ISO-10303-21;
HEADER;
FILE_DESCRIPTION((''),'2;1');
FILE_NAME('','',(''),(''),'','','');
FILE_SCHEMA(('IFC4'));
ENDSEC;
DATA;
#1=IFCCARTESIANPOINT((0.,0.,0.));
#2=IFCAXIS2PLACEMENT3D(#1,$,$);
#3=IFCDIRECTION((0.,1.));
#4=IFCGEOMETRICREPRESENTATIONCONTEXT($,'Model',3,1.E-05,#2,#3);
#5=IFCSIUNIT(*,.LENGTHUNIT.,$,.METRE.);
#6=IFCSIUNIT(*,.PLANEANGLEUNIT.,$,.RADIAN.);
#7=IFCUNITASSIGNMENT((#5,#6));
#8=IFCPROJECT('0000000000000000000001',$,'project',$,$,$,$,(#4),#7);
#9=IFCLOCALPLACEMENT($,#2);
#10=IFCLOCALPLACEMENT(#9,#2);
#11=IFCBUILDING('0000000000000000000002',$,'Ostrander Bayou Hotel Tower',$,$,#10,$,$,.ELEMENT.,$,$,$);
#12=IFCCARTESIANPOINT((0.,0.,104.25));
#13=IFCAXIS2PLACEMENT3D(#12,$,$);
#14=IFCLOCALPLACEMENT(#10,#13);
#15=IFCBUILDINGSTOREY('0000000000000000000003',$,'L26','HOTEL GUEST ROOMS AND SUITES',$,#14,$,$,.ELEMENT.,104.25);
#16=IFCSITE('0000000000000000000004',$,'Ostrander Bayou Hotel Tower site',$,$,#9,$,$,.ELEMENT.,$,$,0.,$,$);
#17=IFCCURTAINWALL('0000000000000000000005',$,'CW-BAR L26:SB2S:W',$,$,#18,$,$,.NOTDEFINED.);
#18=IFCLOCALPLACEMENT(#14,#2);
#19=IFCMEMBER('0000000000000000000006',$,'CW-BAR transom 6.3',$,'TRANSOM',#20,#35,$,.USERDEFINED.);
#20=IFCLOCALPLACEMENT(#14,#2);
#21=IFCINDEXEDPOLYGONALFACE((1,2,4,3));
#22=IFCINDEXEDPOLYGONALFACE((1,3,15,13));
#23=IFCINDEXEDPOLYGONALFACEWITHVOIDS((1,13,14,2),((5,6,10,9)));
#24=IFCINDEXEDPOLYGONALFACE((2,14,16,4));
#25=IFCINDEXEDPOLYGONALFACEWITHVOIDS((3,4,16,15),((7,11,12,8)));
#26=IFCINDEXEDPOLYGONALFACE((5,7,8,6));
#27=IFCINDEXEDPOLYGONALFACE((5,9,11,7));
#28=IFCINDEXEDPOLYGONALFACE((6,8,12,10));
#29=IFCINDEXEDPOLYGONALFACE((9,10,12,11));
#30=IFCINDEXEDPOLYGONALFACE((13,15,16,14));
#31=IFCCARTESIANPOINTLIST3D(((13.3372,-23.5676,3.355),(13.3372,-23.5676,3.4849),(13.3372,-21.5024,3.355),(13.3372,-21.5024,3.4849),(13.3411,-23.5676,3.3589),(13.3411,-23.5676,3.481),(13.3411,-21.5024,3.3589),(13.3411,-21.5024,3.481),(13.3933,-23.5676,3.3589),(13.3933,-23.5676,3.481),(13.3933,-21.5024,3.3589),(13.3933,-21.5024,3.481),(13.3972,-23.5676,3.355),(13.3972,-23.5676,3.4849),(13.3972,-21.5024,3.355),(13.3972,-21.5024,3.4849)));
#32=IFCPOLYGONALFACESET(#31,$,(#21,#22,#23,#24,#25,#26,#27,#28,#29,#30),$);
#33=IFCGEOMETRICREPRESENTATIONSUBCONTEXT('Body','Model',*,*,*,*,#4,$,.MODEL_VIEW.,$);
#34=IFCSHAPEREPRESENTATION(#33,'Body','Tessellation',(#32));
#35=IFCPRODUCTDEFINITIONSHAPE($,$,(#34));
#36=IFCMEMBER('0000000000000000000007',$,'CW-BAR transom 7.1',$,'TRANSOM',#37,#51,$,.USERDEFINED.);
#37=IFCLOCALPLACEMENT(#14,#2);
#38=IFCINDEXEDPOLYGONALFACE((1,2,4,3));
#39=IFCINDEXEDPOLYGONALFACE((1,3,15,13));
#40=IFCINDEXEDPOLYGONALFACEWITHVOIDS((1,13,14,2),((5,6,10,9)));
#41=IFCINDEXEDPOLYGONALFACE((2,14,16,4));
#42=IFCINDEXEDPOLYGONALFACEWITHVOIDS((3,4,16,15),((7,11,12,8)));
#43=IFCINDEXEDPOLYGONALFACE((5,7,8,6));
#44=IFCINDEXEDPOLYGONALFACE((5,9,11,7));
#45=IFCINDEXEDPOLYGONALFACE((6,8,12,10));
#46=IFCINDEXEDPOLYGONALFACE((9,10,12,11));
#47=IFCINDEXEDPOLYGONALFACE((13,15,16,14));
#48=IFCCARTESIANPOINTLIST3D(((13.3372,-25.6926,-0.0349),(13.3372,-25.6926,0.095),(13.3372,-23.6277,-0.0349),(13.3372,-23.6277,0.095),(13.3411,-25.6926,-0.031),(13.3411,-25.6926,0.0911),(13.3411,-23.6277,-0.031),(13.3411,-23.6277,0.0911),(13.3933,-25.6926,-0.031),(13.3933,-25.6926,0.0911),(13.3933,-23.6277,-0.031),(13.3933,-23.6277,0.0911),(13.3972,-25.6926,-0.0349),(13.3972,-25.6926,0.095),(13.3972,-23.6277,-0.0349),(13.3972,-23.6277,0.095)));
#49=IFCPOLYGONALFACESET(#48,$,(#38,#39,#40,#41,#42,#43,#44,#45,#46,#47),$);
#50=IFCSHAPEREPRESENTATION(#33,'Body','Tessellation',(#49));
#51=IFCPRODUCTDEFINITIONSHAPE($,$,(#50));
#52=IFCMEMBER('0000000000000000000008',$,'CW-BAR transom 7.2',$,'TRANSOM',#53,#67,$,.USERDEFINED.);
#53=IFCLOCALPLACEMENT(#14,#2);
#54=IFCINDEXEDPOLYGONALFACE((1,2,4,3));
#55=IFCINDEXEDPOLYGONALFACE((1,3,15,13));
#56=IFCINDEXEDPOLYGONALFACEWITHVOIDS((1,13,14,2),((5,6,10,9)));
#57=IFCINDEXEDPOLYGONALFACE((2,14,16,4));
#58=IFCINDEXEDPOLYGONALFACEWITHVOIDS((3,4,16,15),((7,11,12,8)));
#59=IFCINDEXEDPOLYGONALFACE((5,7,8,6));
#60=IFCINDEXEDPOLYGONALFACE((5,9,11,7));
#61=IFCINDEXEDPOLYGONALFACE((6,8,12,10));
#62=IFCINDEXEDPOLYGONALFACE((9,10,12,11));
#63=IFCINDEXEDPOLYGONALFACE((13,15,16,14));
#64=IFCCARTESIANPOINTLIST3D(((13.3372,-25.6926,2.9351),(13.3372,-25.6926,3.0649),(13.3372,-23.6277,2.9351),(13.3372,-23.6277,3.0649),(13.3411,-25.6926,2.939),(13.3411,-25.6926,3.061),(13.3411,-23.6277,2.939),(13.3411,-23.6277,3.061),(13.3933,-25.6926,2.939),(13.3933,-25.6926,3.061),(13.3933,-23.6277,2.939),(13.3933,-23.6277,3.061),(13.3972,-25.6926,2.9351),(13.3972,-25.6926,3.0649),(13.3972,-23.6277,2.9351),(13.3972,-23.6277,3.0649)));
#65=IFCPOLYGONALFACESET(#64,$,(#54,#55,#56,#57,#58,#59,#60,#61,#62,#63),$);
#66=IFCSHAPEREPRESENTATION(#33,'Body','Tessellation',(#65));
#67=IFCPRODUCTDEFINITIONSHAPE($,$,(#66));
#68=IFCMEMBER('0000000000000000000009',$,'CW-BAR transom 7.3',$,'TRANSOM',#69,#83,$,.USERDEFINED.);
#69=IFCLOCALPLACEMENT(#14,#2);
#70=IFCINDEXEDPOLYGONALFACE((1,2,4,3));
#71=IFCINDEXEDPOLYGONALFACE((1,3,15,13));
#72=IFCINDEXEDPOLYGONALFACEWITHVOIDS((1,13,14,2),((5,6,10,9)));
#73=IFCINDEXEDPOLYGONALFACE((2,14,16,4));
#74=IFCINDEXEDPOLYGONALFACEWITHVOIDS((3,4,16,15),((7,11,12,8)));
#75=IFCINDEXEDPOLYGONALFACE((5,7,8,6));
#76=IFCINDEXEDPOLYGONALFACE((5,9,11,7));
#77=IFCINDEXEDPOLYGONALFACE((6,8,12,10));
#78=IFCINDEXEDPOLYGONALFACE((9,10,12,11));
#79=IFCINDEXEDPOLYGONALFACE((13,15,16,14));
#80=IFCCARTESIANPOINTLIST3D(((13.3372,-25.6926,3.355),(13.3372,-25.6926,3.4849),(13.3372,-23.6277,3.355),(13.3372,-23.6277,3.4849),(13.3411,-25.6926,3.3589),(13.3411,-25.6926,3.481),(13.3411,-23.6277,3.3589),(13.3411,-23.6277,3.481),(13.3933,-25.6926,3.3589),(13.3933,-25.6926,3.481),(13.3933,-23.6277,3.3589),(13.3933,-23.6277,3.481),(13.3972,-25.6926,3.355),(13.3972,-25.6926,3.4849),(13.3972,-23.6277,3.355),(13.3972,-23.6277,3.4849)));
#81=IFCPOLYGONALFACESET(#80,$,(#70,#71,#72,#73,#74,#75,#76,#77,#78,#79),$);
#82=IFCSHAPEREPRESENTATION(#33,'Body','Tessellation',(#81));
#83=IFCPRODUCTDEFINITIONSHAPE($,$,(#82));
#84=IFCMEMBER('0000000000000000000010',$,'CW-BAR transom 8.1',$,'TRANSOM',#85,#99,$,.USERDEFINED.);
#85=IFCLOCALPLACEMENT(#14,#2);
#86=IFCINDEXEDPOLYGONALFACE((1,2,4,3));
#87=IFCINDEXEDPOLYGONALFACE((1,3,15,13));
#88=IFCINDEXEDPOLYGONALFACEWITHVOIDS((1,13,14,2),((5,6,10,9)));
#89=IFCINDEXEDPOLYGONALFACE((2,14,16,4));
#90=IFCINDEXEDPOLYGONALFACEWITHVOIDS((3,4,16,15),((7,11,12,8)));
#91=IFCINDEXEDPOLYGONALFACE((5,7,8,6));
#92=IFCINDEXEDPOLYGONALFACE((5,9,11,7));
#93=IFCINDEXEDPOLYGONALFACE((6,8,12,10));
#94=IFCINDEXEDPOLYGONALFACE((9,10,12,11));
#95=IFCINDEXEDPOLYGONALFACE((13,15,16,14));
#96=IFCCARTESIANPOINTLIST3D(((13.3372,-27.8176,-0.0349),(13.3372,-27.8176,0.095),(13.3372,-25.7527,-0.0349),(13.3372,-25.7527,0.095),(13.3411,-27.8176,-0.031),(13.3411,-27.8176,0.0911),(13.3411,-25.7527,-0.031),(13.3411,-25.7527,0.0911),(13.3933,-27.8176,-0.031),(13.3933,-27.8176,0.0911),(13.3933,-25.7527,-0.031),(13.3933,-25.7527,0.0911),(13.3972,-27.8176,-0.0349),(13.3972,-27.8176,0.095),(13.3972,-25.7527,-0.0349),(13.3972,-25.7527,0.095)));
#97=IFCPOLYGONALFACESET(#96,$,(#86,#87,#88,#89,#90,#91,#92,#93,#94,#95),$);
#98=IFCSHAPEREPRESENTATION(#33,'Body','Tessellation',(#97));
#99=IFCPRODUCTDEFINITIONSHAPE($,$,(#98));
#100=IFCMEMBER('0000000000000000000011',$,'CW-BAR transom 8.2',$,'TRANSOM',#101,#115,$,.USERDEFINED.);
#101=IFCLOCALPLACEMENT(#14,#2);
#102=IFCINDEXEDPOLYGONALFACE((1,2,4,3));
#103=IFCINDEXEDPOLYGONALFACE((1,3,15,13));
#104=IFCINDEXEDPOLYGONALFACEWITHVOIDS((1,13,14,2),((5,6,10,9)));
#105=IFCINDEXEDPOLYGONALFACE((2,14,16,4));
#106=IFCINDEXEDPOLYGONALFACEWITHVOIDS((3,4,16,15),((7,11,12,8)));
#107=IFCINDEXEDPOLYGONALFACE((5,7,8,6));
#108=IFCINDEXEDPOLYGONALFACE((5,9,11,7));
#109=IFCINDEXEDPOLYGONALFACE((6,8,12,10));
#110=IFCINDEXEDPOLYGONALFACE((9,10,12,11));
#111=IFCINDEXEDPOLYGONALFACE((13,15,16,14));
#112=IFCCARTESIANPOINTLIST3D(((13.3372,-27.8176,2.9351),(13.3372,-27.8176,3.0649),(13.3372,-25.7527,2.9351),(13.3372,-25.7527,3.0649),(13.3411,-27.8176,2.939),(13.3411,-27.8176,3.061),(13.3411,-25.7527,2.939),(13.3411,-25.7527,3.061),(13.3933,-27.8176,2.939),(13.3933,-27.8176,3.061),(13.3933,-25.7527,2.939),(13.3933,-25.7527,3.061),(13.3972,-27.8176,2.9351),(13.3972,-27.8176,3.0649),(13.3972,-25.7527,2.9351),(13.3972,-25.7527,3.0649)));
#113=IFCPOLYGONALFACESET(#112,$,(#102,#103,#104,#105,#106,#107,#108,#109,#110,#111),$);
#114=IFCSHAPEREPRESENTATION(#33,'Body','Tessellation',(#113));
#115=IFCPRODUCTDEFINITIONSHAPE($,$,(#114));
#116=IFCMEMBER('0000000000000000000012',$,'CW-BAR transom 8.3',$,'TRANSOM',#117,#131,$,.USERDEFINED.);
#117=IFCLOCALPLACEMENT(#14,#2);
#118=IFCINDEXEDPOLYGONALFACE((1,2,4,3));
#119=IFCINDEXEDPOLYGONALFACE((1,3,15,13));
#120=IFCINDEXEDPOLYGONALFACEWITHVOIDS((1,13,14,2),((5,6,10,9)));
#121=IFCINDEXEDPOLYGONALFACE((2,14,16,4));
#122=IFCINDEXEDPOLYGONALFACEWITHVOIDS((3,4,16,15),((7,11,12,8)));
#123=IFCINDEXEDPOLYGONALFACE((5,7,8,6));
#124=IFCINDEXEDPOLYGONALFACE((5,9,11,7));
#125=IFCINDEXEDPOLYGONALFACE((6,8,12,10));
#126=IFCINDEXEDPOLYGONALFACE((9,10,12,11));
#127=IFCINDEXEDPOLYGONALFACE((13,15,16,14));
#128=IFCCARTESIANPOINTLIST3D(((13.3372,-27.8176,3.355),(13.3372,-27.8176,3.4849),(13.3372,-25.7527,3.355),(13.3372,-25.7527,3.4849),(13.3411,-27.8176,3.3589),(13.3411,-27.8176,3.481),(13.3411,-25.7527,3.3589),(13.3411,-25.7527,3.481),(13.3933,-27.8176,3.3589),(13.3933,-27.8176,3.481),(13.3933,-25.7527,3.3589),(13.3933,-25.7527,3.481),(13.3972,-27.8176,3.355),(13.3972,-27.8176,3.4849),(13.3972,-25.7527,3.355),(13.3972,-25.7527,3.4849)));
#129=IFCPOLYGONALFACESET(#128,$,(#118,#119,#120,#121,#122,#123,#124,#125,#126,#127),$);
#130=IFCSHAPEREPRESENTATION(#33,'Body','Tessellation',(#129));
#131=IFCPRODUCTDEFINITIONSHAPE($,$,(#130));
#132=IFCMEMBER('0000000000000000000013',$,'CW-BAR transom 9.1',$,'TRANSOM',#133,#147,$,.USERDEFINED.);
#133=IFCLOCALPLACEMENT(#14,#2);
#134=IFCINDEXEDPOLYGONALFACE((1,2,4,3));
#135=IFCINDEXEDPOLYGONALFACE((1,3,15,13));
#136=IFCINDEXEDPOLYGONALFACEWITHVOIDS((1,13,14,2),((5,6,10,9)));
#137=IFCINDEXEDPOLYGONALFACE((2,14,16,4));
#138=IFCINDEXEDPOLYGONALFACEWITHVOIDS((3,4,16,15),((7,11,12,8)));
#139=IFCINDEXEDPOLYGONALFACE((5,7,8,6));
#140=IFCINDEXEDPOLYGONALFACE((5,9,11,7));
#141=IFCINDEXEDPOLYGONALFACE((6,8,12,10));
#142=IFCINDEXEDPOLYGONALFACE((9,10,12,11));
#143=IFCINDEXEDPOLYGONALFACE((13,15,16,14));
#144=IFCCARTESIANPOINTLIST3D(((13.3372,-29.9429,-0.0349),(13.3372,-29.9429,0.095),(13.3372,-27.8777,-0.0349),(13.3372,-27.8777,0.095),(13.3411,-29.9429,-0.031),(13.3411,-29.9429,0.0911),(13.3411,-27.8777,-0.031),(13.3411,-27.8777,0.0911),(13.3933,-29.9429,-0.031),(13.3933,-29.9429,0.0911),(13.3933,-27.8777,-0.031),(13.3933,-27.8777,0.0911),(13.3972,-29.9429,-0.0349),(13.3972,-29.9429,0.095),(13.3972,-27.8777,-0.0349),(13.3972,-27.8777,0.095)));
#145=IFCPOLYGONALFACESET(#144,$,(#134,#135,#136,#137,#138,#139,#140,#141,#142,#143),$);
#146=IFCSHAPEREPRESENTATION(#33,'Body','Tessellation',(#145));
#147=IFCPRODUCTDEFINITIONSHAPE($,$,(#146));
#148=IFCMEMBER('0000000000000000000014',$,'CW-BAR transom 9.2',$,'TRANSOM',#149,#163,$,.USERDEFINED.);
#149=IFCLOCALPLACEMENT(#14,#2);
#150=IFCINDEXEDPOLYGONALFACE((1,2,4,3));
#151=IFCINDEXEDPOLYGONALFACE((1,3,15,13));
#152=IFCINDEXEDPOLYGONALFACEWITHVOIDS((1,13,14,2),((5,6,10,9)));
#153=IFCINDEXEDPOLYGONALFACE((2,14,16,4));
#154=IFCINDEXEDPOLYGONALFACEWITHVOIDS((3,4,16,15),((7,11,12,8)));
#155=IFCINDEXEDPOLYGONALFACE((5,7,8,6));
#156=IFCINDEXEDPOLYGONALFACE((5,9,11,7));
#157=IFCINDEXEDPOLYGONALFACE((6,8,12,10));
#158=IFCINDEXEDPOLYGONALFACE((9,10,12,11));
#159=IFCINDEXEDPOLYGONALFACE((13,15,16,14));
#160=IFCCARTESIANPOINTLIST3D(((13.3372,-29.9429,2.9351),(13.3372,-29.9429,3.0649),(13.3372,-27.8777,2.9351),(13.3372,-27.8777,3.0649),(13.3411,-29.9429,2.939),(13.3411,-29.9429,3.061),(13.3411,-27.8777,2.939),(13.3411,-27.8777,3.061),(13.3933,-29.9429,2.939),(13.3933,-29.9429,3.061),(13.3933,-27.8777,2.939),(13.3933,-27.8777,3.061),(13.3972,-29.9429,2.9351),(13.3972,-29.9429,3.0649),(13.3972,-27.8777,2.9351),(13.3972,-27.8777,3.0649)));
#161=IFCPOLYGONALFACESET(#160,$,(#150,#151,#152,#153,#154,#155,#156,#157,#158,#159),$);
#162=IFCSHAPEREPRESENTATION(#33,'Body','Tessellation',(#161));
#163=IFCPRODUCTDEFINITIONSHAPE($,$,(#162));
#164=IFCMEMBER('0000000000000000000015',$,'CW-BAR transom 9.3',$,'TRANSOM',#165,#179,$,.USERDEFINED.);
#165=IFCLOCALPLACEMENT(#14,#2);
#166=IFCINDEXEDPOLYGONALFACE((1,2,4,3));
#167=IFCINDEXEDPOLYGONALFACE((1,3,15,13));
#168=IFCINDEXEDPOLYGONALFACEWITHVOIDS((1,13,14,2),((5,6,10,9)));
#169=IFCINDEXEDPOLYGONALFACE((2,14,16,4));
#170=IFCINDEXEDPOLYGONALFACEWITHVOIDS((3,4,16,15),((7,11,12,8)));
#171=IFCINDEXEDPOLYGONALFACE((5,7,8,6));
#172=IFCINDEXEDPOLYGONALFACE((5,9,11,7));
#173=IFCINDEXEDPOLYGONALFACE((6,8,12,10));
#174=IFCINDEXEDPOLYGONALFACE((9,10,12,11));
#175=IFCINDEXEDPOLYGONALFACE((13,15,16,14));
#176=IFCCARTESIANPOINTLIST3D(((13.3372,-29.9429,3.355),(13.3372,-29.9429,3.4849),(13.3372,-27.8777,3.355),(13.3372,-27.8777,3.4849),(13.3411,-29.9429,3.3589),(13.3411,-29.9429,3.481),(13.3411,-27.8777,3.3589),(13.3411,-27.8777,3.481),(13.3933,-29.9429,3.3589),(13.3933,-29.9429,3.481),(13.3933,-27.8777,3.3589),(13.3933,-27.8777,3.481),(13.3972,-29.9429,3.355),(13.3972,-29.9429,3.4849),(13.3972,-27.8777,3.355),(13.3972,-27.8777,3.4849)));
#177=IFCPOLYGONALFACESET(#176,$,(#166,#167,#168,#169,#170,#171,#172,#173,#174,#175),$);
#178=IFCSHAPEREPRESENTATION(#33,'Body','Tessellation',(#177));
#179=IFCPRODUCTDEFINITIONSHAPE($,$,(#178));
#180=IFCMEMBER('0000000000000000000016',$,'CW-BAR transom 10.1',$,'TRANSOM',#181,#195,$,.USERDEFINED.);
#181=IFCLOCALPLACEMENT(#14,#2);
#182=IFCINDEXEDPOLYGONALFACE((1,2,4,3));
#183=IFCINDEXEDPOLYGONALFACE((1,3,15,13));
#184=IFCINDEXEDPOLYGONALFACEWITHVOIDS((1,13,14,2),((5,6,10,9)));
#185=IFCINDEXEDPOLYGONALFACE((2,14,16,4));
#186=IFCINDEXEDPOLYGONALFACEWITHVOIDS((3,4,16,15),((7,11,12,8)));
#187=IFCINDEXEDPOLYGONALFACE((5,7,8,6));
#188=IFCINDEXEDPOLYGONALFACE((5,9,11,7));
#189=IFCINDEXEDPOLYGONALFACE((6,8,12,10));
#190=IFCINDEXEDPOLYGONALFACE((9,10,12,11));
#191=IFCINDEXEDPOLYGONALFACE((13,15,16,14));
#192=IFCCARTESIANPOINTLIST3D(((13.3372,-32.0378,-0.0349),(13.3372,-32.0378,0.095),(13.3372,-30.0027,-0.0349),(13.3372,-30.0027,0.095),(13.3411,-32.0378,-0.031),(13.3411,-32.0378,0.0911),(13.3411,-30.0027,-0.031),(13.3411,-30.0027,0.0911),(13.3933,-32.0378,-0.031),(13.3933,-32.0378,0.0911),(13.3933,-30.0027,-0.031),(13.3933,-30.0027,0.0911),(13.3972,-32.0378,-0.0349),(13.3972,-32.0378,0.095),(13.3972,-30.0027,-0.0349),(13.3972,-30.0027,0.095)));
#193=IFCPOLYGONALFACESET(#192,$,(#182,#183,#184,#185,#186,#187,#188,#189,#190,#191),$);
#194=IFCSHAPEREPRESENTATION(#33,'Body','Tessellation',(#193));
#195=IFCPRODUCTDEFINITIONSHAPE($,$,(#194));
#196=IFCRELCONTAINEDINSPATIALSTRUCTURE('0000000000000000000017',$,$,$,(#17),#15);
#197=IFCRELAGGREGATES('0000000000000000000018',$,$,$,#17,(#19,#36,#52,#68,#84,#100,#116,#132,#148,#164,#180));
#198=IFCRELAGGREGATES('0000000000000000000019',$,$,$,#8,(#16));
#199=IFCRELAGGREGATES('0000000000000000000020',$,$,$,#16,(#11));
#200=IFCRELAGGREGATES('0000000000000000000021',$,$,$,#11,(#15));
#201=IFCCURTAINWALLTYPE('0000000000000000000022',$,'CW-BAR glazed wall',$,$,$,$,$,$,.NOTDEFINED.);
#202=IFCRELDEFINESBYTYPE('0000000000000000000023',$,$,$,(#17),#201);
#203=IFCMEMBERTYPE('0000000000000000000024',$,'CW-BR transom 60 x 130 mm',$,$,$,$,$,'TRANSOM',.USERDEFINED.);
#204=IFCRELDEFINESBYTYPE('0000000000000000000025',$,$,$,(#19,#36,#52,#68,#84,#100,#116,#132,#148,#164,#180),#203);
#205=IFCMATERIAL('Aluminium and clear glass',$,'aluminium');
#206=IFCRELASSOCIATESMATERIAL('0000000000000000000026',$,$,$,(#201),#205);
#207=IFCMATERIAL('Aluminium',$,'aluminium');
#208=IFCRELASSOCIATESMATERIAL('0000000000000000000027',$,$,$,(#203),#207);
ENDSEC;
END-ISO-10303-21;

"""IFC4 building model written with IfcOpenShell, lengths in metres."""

from ifc_helpers import new_model, si_unit, direction, frame, origin, origin_2d, place, context, subcontext, project, spatial, hollow_rectangle, extrude, material, material_profile, profile_set, type_object, element, aggregate, save


model = new_model("IFC4")

# Units and contexts
model_context = context("Model", 3, precision=1e-05, world=origin(), true_north=direction((0.0, 1.0)))
body_context = subcontext(model_context, "Body", "Model", "MODEL_VIEW")
ifc_project = project(units=[si_unit("LENGTHUNIT", "METRE"), si_unit("PLANEANGLEUNIT", "RADIAN")], contexts=[model_context])

# Site, building, storey
site_placement = place(None, origin())
site = spatial("IfcSite", under=ifc_project, at=site_placement, Name="Ostrander Bayou Hotel Tower site", CompositionType="ELEMENT", RefElevation=0.0)
building_placement = place(site_placement, origin())
building = spatial("IfcBuilding", under=site, at=building_placement, Name="Ostrander Bayou Hotel Tower", CompositionType="ELEMENT")
storey_placement = place(building_placement, frame((0.0, 0.0, 104.25)))
storey = spatial("IfcBuildingStorey", under=building, at=storey_placement, Name="L26", Description="HOTEL GUEST ROOMS AND SUITES", CompositionType="ELEMENT", Elevation=104.25)

# Shared definitions
ifc_material_1 = material(Name="Aluminium and clear glass", Category="aluminium")
curtain_wall_type = type_object("IfcCurtainWallType", Name="CW-BAR glazed wall", PredefinedType="NOTDEFINED", material=ifc_material_1)

# Curtain wall
curtain_wall_1_placement = place(storey_placement, origin())
curtain_wall_1 = element("IfcCurtainWall", 1, at=curtain_wall_1_placement, inside=storey, type_object=curtain_wall_type, Name="CW-BAR L26:SB2S:W", PredefinedType="NOTDEFINED")

# Members
ifc_material_2 = material(Name="Aluminium", Category="aluminium")
ifc_material_profile_1 = material_profile(ifc_material_2, hollow_rectangle(XDim=0.0601, YDim=0.1299, WallThickness=0.0039, at=origin_2d()))
ifc_profile_set_1 = profile_set([ifc_material_profile_1], Name="Aluminium")
member_type_1 = type_object("IfcMemberType", Name="CW-BR transom 60 x 130 mm", ElementType="TRANSOM", PredefinedType="USERDEFINED", material=ifc_profile_set_1)
member_1_placement = place(storey_placement, frame((13.3672, -21.5024, 3.4199), z_axis=(0.0, -1.0, 0.0), x_axis=(1.0, 0.0, 0.0)))
member_1 = element("IfcMember", 2, at=member_1_placement, type_object=member_type_1, Name="CW-BAR transom 6.3", ObjectType="TRANSOM", PredefinedType="USERDEFINED", context=body_context, shape_type="SweptSolid", body=[
    extrude(hollow_rectangle(XDim=0.0601, YDim=0.1299, WallThickness=0.0039, at=origin_2d()), origin(), (0.0, 0.0, 1.0), 2.0652),
])
member_2_placement = place(storey_placement, frame((13.3672, -23.6277, 0.03), z_axis=(0.0, -1.0, 0.0), x_axis=(1.0, 0.0, 0.0)))
member_2 = element("IfcMember", 3, at=member_2_placement, type_object=member_type_1, Name="CW-BAR transom 7.1", ObjectType="TRANSOM", PredefinedType="USERDEFINED", context=body_context, shape_type="SweptSolid", body=[
    extrude(hollow_rectangle(XDim=0.0601, YDim=0.1299, WallThickness=0.0039, at=origin_2d()), origin(), (0.0, 0.0, 1.0), 2.0649),
])
member_3_placement = place(storey_placement, frame((13.3672, -23.6277, 3.0), z_axis=(0.0, -1.0, 0.0), x_axis=(1.0, 0.0, 0.0)))
member_3 = element("IfcMember", 4, at=member_3_placement, type_object=member_type_1, Name="CW-BAR transom 7.2", ObjectType="TRANSOM", PredefinedType="USERDEFINED", context=body_context, shape_type="SweptSolid", body=[
    extrude(hollow_rectangle(XDim=0.0601, YDim=0.1299, WallThickness=0.0039, at=origin_2d()), origin(), (0.0, 0.0, 1.0), 2.0649),
])
member_4_placement = place(storey_placement, frame((13.3672, -23.6277, 3.4199), z_axis=(0.0, -1.0, 0.0), x_axis=(1.0, 0.0, 0.0)))
member_4 = element("IfcMember", 5, at=member_4_placement, type_object=member_type_1, Name="CW-BAR transom 7.3", ObjectType="TRANSOM", PredefinedType="USERDEFINED", context=body_context, shape_type="SweptSolid", body=[
    extrude(hollow_rectangle(XDim=0.0601, YDim=0.1299, WallThickness=0.0039, at=origin_2d()), origin(), (0.0, 0.0, 1.0), 2.0649),
])
member_5_placement = place(storey_placement, frame((13.3672, -25.7527, 0.03), z_axis=(0.0, -1.0, 0.0), x_axis=(1.0, 0.0, 0.0)))
member_5 = element("IfcMember", 6, at=member_5_placement, type_object=member_type_1, Name="CW-BAR transom 8.1", ObjectType="TRANSOM", PredefinedType="USERDEFINED", context=body_context, shape_type="SweptSolid", body=[
    extrude(hollow_rectangle(XDim=0.0601, YDim=0.1299, WallThickness=0.0039, at=origin_2d()), origin(), (0.0, 0.0, 1.0), 2.0649),
])
member_6_placement = place(storey_placement, frame((13.3672, -25.7527, 3.0), z_axis=(0.0, -1.0, 0.0), x_axis=(1.0, 0.0, 0.0)))
member_6 = element("IfcMember", 7, at=member_6_placement, type_object=member_type_1, Name="CW-BAR transom 8.2", ObjectType="TRANSOM", PredefinedType="USERDEFINED", context=body_context, shape_type="SweptSolid", body=[
    extrude(hollow_rectangle(XDim=0.0601, YDim=0.1299, WallThickness=0.0039, at=origin_2d()), origin(), (0.0, 0.0, 1.0), 2.0649),
])
member_7_placement = place(storey_placement, frame((13.3672, -25.7527, 3.4199), z_axis=(0.0, -1.0, 0.0), x_axis=(1.0, 0.0, 0.0)))
member_7 = element("IfcMember", 8, at=member_7_placement, type_object=member_type_1, Name="CW-BAR transom 8.3", ObjectType="TRANSOM", PredefinedType="USERDEFINED", context=body_context, shape_type="SweptSolid", body=[
    extrude(hollow_rectangle(XDim=0.0601, YDim=0.1299, WallThickness=0.0039, at=origin_2d()), origin(), (0.0, 0.0, 1.0), 2.0649),
])
member_8_placement = place(storey_placement, frame((13.3672, -27.8777, 0.03), z_axis=(0.0, -1.0, 0.0), x_axis=(1.0, 0.0, 0.0)))
member_8 = element("IfcMember", 9, at=member_8_placement, type_object=member_type_1, Name="CW-BAR transom 9.1", ObjectType="TRANSOM", PredefinedType="USERDEFINED", context=body_context, shape_type="SweptSolid", body=[
    extrude(hollow_rectangle(XDim=0.0601, YDim=0.1299, WallThickness=0.0039, at=origin_2d()), origin(), (0.0, 0.0, 1.0), 2.0652),
])
member_9_placement = place(storey_placement, frame((13.3672, -27.8777, 3.0), z_axis=(0.0, -1.0, 0.0), x_axis=(1.0, 0.0, 0.0)))
member_9 = element("IfcMember", 10, at=member_9_placement, type_object=member_type_1, Name="CW-BAR transom 9.2", ObjectType="TRANSOM", PredefinedType="USERDEFINED", context=body_context, shape_type="SweptSolid", body=[
    extrude(hollow_rectangle(XDim=0.0601, YDim=0.1299, WallThickness=0.0039, at=origin_2d()), origin(), (0.0, 0.0, 1.0), 2.0652),
])
member_10_placement = place(storey_placement, frame((13.3672, -27.8777, 3.4199), z_axis=(0.0, -1.0, 0.0), x_axis=(1.0, 0.0, 0.0)))
member_10 = element("IfcMember", 11, at=member_10_placement, type_object=member_type_1, Name="CW-BAR transom 9.3", ObjectType="TRANSOM", PredefinedType="USERDEFINED", context=body_context, shape_type="SweptSolid", body=[
    extrude(hollow_rectangle(XDim=0.0601, YDim=0.1299, WallThickness=0.0039, at=origin_2d()), origin(), (0.0, 0.0, 1.0), 2.0652),
])
member_11_placement = place(storey_placement, frame((13.3672, -30.0027, 0.03), z_axis=(0.0, -1.0, 0.0), x_axis=(1.0, 0.0, 0.0)))
member_11 = element("IfcMember", 12, at=member_11_placement, type_object=member_type_1, Name="CW-BAR transom 10.1", ObjectType="TRANSOM", PredefinedType="USERDEFINED", context=body_context, shape_type="SweptSolid", body=[
    extrude(hollow_rectangle(XDim=0.0601, YDim=0.1299, WallThickness=0.0039, at=origin_2d()), origin(), (0.0, 0.0, 1.0), 2.0352),
])

aggregate(curtain_wall_1, [member_1, member_2, member_3, member_4, member_5, member_6, member_7, member_8, member_9, member_10, member_11])

save(model, "model.ifc")
